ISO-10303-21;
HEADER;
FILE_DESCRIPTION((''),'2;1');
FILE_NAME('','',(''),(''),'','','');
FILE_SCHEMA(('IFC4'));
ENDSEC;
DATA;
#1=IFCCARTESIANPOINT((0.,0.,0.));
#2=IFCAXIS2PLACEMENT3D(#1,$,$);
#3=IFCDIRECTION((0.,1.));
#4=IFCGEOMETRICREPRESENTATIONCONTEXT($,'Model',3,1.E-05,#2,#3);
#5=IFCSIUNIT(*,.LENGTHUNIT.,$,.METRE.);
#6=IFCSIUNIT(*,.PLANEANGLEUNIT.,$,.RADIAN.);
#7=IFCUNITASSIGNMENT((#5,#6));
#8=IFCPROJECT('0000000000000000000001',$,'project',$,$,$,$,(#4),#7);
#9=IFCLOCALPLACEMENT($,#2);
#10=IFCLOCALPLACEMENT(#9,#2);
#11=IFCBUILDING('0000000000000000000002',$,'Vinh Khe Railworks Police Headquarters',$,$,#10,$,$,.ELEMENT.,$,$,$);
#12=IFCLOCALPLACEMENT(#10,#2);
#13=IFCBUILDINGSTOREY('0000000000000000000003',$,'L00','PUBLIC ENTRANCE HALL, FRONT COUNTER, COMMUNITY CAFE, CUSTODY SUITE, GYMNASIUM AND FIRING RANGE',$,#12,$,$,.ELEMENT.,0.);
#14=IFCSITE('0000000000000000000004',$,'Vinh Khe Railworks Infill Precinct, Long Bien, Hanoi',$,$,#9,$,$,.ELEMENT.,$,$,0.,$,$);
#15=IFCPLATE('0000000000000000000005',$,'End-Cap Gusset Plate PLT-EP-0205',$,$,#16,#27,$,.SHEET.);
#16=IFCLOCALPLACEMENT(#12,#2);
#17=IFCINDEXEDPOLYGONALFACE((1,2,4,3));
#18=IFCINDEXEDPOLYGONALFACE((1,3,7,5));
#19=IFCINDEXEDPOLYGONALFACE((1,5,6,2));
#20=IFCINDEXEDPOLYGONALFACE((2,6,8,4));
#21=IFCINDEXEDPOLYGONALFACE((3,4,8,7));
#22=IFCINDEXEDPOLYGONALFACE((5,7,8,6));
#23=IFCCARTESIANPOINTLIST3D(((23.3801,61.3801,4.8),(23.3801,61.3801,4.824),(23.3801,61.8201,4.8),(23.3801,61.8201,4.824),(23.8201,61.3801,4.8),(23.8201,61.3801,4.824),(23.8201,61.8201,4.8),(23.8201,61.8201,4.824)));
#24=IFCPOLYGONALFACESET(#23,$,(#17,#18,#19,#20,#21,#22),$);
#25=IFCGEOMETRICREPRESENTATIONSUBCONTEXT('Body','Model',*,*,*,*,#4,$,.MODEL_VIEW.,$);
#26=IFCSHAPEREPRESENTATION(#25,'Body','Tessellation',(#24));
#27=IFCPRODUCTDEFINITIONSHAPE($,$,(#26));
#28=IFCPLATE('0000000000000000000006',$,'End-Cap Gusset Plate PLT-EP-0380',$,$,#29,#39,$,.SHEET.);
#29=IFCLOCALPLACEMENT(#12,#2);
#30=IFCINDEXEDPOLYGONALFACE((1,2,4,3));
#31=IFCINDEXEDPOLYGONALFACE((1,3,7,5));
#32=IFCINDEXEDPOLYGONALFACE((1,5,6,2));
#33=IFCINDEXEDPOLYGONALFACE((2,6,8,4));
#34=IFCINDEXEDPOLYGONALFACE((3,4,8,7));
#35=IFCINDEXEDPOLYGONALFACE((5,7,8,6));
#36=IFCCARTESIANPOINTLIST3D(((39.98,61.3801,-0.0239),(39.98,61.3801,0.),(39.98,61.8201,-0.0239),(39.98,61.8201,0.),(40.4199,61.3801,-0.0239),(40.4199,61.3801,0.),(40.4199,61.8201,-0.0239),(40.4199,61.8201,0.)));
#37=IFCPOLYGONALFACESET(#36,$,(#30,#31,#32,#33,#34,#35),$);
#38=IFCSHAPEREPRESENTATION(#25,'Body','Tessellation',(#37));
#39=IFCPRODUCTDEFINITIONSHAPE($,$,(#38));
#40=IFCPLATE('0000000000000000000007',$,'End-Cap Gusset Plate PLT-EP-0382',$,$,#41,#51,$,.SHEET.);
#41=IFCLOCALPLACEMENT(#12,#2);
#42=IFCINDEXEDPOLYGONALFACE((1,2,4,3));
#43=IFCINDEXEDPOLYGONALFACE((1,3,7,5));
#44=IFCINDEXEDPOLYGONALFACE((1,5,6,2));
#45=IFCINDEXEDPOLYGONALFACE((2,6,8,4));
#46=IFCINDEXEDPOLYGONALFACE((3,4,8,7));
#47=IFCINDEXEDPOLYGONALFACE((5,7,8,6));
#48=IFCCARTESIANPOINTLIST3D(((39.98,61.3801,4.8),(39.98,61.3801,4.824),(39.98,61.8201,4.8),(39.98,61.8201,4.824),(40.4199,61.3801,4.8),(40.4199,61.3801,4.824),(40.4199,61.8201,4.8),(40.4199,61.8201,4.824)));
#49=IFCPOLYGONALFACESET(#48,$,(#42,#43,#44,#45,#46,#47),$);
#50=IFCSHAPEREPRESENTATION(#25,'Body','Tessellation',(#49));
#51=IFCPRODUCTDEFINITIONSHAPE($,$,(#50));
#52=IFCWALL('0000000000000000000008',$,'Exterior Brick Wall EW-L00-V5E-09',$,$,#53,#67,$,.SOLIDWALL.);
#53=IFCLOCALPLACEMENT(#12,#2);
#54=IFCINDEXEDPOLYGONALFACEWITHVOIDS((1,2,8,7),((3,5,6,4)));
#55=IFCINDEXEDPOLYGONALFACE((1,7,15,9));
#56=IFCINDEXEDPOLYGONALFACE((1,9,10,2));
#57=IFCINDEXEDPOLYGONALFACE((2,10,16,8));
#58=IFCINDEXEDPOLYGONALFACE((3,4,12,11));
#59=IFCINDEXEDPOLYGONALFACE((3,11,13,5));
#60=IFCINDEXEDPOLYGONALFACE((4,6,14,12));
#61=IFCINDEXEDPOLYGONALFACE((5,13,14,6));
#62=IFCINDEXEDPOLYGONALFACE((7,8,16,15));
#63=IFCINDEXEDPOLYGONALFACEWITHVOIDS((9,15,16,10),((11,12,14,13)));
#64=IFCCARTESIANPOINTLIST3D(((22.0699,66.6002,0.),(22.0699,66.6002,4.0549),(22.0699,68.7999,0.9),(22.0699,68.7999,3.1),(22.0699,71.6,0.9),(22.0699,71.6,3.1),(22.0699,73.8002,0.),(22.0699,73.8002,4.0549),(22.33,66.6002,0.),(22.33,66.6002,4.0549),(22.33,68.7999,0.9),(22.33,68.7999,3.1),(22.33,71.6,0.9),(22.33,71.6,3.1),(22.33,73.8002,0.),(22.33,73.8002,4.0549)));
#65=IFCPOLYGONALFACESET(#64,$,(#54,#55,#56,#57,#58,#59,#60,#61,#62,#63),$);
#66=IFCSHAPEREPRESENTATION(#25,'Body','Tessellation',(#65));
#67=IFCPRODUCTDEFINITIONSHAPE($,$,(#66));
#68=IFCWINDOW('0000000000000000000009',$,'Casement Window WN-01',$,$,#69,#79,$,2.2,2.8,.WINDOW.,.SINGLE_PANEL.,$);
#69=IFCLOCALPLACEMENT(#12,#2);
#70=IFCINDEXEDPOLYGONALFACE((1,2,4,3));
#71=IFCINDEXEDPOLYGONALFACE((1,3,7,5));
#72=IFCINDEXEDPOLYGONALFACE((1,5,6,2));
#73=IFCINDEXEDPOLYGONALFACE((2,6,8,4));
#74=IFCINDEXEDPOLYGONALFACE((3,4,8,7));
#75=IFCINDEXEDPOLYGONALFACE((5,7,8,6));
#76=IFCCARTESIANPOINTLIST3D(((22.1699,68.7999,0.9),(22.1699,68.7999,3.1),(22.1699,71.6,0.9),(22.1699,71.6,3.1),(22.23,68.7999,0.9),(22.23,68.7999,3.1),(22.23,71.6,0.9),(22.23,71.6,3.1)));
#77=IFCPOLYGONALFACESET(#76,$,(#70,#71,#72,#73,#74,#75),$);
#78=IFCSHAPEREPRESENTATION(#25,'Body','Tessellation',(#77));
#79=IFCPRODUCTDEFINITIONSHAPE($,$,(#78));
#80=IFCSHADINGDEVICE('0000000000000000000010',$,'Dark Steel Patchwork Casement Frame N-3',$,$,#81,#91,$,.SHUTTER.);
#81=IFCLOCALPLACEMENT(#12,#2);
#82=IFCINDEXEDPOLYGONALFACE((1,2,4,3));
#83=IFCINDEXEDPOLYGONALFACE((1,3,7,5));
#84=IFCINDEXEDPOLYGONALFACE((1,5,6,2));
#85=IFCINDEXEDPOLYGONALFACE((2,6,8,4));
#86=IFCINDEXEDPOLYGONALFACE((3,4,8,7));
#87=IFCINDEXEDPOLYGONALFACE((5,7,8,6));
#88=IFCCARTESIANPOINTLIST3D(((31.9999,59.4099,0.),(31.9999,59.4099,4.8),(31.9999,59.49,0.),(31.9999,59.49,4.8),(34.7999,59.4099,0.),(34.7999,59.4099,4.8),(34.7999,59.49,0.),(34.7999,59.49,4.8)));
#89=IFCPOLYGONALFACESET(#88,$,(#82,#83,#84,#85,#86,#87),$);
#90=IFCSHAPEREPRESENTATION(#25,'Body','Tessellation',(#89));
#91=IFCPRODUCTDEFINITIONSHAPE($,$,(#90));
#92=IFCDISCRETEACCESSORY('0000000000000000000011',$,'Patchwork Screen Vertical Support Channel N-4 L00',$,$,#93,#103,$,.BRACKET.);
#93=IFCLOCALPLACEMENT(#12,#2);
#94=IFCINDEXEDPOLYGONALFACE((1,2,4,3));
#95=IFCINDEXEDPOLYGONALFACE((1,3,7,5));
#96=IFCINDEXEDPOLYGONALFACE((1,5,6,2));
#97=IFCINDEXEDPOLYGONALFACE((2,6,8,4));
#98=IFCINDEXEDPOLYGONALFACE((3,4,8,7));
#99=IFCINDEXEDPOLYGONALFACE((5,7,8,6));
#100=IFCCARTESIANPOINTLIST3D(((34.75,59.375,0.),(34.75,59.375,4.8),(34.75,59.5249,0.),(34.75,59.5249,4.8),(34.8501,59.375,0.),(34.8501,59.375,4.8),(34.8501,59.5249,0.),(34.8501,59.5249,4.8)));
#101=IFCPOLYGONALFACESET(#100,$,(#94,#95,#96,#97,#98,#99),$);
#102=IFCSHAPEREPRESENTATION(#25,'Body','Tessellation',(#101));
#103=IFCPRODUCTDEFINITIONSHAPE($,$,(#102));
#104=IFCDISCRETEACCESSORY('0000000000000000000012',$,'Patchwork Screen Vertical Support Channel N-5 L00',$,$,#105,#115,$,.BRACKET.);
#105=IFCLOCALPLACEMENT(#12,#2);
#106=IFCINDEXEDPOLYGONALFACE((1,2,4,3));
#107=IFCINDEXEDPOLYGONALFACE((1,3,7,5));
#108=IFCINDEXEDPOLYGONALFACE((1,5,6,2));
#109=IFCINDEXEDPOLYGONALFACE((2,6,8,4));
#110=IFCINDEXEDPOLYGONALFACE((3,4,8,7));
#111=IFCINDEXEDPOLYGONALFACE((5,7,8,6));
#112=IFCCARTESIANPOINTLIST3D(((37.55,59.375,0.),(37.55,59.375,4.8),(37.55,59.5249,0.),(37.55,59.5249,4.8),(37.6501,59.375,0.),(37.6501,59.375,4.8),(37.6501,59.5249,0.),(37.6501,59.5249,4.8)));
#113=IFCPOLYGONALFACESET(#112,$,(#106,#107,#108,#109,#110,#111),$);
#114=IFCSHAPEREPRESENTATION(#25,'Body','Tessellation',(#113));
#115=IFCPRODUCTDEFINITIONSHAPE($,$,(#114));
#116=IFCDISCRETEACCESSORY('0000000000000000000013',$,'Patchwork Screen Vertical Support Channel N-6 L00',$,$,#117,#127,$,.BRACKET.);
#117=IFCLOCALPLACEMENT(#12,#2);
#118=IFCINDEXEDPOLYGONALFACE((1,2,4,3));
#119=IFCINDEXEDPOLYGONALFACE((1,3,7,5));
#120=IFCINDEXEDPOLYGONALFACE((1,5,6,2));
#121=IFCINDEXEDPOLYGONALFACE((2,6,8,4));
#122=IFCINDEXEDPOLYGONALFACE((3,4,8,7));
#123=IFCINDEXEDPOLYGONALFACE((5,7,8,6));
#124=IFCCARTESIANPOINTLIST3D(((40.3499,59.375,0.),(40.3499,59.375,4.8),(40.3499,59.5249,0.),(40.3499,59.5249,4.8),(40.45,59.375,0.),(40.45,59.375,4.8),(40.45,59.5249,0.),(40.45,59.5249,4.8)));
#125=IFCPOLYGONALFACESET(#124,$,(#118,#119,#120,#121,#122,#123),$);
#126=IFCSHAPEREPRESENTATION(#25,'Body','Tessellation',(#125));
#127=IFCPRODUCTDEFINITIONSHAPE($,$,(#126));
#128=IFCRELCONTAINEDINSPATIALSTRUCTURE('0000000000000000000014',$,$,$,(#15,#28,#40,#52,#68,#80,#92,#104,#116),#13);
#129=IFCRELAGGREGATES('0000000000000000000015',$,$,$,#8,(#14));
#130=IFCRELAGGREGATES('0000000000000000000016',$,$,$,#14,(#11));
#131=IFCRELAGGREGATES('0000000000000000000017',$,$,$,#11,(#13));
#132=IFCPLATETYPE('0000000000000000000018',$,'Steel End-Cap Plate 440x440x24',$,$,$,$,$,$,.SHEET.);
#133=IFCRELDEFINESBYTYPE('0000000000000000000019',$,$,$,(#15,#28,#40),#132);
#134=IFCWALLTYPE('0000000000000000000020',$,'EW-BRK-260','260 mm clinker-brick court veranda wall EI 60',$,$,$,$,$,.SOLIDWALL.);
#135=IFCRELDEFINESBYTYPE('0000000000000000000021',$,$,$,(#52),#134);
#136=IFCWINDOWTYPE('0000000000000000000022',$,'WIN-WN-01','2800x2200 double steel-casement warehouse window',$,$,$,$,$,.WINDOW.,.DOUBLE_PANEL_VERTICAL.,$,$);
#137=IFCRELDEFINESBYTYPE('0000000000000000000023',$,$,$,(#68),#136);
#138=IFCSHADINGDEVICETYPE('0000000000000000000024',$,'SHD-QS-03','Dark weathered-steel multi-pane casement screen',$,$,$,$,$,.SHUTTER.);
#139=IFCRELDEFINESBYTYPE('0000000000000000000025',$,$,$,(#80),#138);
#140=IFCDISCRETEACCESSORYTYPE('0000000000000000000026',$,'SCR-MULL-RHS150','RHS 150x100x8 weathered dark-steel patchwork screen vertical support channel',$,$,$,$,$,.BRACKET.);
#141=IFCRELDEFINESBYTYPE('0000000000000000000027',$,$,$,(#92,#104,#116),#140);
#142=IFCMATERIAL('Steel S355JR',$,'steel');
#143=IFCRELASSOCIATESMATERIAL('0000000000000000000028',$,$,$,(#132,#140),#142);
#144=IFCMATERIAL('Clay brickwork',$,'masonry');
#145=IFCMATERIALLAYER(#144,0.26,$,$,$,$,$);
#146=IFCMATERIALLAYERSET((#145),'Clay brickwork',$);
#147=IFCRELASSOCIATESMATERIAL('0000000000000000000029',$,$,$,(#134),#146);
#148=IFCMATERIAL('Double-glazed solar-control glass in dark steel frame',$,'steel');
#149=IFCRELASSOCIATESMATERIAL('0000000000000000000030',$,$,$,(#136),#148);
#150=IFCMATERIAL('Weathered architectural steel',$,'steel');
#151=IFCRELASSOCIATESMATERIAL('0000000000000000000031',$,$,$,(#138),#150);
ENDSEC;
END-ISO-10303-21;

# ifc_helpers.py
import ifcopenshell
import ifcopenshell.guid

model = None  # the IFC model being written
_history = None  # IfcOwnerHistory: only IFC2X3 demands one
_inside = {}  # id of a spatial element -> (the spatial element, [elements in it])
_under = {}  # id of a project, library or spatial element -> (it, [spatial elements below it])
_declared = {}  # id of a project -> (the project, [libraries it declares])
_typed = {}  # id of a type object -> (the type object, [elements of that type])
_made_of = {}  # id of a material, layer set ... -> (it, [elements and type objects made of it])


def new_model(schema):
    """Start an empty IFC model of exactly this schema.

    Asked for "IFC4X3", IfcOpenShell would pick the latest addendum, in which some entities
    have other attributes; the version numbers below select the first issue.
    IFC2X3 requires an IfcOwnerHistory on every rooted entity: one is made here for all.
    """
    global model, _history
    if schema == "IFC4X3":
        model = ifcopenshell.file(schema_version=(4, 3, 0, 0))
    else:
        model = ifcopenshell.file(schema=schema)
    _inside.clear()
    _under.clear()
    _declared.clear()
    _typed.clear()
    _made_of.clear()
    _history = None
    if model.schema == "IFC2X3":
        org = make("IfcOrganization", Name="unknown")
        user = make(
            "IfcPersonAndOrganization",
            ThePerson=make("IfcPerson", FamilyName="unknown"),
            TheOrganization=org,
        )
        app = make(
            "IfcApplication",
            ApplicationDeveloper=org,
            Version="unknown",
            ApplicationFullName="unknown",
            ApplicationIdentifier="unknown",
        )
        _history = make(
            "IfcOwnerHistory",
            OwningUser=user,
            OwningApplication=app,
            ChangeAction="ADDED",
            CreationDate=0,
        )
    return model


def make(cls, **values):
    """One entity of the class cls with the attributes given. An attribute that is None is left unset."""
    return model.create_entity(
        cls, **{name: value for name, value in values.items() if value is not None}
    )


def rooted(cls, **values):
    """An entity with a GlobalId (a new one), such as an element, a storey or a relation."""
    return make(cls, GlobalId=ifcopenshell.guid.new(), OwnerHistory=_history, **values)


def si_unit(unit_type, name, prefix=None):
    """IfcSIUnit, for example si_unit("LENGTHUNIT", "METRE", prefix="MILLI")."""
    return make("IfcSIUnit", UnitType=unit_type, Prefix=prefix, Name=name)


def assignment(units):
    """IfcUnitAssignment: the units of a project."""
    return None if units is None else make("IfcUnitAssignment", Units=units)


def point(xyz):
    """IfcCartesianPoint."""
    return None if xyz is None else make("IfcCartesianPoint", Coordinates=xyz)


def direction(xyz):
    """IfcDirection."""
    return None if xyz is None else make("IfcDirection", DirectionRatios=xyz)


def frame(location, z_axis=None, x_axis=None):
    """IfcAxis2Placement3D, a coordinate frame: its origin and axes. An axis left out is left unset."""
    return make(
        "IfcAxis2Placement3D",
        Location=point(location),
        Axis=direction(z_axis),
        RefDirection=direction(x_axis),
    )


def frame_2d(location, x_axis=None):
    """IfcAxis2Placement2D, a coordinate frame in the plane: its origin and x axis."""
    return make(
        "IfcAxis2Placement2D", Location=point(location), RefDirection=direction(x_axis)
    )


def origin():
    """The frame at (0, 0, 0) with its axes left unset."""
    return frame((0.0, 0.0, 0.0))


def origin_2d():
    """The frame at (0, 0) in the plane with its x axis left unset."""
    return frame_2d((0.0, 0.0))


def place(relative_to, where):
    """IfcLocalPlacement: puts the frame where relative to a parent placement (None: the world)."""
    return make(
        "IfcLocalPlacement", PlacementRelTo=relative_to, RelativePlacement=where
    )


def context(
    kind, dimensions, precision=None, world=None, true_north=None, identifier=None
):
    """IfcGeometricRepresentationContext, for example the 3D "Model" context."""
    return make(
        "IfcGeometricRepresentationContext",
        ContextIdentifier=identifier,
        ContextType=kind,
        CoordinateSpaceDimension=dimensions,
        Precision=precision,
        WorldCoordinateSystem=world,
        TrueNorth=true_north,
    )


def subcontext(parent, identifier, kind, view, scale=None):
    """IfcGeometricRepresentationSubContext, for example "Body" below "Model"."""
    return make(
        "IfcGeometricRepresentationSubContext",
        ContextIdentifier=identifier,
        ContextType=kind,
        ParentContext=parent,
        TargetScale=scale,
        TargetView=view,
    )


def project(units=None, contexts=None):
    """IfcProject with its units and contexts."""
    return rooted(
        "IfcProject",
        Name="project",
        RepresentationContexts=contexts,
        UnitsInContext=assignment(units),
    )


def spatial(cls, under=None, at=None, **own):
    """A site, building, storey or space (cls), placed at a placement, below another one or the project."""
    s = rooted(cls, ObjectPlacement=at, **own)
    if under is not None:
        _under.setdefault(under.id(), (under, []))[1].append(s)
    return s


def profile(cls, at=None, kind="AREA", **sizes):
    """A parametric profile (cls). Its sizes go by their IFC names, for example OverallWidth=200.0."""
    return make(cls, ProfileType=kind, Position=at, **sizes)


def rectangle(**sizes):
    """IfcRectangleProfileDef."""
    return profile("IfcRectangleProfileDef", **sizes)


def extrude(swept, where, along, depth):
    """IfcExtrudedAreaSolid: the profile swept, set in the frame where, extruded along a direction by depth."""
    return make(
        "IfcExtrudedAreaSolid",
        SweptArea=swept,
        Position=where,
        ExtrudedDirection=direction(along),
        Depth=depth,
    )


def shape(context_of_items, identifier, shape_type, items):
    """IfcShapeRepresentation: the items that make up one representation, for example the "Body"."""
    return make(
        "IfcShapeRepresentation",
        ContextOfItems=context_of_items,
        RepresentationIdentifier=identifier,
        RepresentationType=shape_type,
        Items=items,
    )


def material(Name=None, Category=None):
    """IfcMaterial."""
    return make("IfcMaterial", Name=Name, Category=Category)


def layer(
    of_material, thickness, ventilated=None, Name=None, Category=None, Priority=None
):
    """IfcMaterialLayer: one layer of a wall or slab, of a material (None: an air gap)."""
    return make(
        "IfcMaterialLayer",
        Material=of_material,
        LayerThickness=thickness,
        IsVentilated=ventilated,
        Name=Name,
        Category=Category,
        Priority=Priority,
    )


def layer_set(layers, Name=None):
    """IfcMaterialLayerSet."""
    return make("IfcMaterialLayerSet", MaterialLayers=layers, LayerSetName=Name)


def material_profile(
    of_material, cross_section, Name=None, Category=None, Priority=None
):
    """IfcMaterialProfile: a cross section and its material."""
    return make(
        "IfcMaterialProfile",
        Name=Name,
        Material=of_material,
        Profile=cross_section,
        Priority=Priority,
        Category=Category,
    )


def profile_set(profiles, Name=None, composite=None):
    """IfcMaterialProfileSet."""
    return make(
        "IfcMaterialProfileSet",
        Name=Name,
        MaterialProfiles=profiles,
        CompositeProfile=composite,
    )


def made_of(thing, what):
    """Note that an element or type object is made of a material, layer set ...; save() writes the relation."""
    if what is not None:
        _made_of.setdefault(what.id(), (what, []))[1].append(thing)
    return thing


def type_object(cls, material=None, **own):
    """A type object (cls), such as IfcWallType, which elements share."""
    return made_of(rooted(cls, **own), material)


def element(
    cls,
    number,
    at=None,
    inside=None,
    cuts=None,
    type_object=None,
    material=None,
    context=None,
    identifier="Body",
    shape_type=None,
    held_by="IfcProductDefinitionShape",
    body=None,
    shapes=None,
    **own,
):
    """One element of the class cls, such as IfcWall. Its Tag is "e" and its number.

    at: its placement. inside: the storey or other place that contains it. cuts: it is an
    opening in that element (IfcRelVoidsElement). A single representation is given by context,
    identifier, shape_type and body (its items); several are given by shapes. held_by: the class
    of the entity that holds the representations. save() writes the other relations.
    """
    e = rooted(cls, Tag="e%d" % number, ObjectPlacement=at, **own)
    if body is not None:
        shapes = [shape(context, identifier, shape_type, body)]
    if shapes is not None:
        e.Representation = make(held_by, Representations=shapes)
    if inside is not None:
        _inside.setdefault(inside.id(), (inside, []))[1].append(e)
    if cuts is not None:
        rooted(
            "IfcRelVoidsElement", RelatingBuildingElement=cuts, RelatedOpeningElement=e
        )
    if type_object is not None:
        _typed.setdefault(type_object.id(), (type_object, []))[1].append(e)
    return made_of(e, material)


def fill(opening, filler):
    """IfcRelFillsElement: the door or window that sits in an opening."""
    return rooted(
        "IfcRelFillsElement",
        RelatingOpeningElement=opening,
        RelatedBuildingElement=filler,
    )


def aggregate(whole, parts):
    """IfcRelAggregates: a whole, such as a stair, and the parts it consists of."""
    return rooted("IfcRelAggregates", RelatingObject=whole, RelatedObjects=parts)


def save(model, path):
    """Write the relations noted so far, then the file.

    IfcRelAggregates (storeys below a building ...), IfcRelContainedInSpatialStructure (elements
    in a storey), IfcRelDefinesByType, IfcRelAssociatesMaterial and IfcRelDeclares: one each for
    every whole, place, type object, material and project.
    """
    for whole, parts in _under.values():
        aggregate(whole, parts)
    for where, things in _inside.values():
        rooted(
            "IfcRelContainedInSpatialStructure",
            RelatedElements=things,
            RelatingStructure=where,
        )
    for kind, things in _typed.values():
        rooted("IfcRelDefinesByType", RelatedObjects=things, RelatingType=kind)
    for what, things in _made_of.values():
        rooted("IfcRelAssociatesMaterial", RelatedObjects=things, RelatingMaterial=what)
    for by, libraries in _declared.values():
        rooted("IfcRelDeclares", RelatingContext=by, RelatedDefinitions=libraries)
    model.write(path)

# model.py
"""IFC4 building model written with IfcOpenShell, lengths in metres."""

from ifc_helpers import new_model, si_unit, direction, frame, frame_2d, origin, origin_2d, place, context, subcontext, project, spatial, rectangle, extrude, material, layer, layer_set, material_profile, profile_set, type_object, element, fill, save


model = new_model("IFC4")

# Units and contexts
model_context = context("Model", 3, precision=1e-05, world=origin(), true_north=direction((0.0, 1.0)))
body_context = subcontext(model_context, "Body", "Model", "MODEL_VIEW")
ifc_project = project(units=[si_unit("LENGTHUNIT", "METRE"), si_unit("PLANEANGLEUNIT", "RADIAN")], contexts=[model_context])

# Site, building, storey
site_placement = place(None, origin())
site = spatial("IfcSite", under=ifc_project, at=site_placement, Name="Vinh Khe Railworks Infill Precinct, Long Bien, Hanoi", CompositionType="ELEMENT", RefElevation=0.0)
building_placement = place(site_placement, origin())
building = spatial("IfcBuilding", under=site, at=building_placement, Name="Vinh Khe Railworks Police Headquarters", CompositionType="ELEMENT")
storey_placement = place(building_placement, origin())
storey = spatial("IfcBuildingStorey", under=building, at=storey_placement, Name="L00", Description="PUBLIC ENTRANCE HALL, FRONT COUNTER, COMMUNITY CAFE, CUSTODY SUITE, GYMNASIUM AND FIRING RANGE", CompositionType="ELEMENT", Elevation=0.0)

# Shared definitions
ifc_material_1 = material(Name="Steel S355JR", Category="steel")

# Plates
ifc_material_profile_1 = material_profile(ifc_material_1, rectangle(XDim=0.4399, YDim=0.4399, at=origin_2d()), Name="PL 440x440")
ifc_profile_set_1 = profile_set([ifc_material_profile_1], Name="Steel S355JR")
plate_type_1 = type_object("IfcPlateType", Name="Steel End-Cap Plate 440x440x24", PredefinedType="SHEET", material=ifc_profile_set_1)
for number, where, z_axis, x_axis, name in (
    (1, (23.6001, 61.6001, 4.8), (0.0, 0.0, 1.0), (1.0, 0.0, 0.0), "End-Cap Gusset Plate PLT-EP-0205"),
    (2, (40.2, 61.6001, 0.0), (0.0, 0.0, -1.0), (1.0, 0.0, 0.0), "End-Cap Gusset Plate PLT-EP-0380"),
    (3, (40.2, 61.6001, 4.8), (0.0, 0.0, 1.0), (1.0, 0.0, 0.0), "End-Cap Gusset Plate PLT-EP-0382"),
):
    element("IfcPlate", number, at=place(storey_placement, frame(where, z_axis=z_axis, x_axis=x_axis)), inside=storey, type_object=plate_type_1, Name=name, PredefinedType="SHEET", context=body_context, shape_type="SweptSolid", body=[
        extrude(rectangle(XDim=0.4399, YDim=0.4399, at=origin_2d()), origin(), (0.0, 0.0, 1.0), 0.0239),
    ])

# Wall, opening, window
ifc_material_2 = material(Name="Clay brickwork", Category="masonry")
ifc_layer = layer(ifc_material_2, 0.26)
ifc_layer_set = layer_set([ifc_layer], Name="Clay brickwork")
wall_type = type_object("IfcWallType", Name="EW-BRK-260", Description="260 mm clinker-brick court veranda wall EI 60", PredefinedType="SOLIDWALL", material=ifc_layer_set)
wall_placement = place(storey_placement, frame((22.2, 66.6001, 0.0), z_axis=(0.0, 0.0, 1.0), x_axis=(0.0, 1.0, 0.0)))
wall = element("IfcWall", 4, at=wall_placement, inside=storey, type_object=wall_type, Name="Exterior Brick Wall EW-L00-V5E-09", PredefinedType="SOLIDWALL", context=body_context, shape_type="SweptSolid", body=[
    extrude(rectangle(XDim=7.2, YDim=0.26, at=frame_2d((3.6001, 0.0))), origin(), (0.0, 0.0, 1.0), 4.0549),
])
opening_placement = place(wall_placement, frame((2.2, 0.0, 0.8999)))
opening = element("IfcOpeningElement", 5, at=opening_placement, cuts=wall, PredefinedType="OPENING", context=body_context, shape_type="SweptSolid", body=[
    extrude(rectangle(XDim=2.8, YDim=2.2, at=frame_2d((1.3999, 1.1001))), frame((0.0, 0.145, 0.0), z_axis=(0.0, -1.0, 0.0), x_axis=(1.0, 0.0, 0.0)), (0.0, 0.0, 1.0), 0.2898),
])
ifc_material_3 = material(Name="Double-glazed solar-control glass in dark steel frame", Category="steel")
window_type = type_object("IfcWindowType", Name="WIN-WN-01", Description="2800x2200 double steel-casement warehouse window", PartitioningType="DOUBLE_PANEL_VERTICAL", PredefinedType="WINDOW", material=ifc_material_3)
window_placement = place(opening_placement, origin())
window = element("IfcWindow", 6, at=window_placement, inside=storey, type_object=window_type, Name="Casement Window WN-01", OverallHeight=2.2, OverallWidth=2.8, PartitioningType="SINGLE_PANEL", PredefinedType="WINDOW", context=body_context, shape_type="SweptSolid", body=[
    extrude(rectangle(XDim=2.8, YDim=2.2, at=frame_2d((1.3999, 1.1001))), frame((0.0, 0.03, 0.0), z_axis=(0.0, -1.0, 0.0), x_axis=(1.0, 0.0, 0.0)), (0.0, 0.0, 1.0), 0.0601),
])
fill(opening, window)

# Shading device
ifc_material_4 = material(Name="Weathered architectural steel", Category="steel")
shading_device_type = type_object("IfcShadingDeviceType", Name="SHD-QS-03", Description="Dark weathered-steel multi-pane casement screen", PredefinedType="SHUTTER", material=ifc_material_4)
shading_device_placement = place(storey_placement, frame((33.3999, 59.45, 0.0), z_axis=(0.0, 0.0, 1.0), x_axis=(1.0, 0.0, 0.0)))
element("IfcShadingDevice", 7, at=shading_device_placement, inside=storey, type_object=shading_device_type, Name="Dark Steel Patchwork Casement Frame N-3", PredefinedType="SHUTTER", context=body_context, shape_type="SweptSolid", body=[
    extrude(rectangle(XDim=2.8, YDim=0.0801, at=origin_2d()), origin(), (0.0, 0.0, 1.0), 4.8),
])

# Discrete accessories
discrete_accessory_type = type_object("IfcDiscreteAccessoryType", Name="SCR-MULL-RHS150", Description="RHS 150x100x8 weathered dark-steel patchwork screen vertical support channel", PredefinedType="BRACKET", material=ifc_material_1)
for number, where, z_axis, x_axis, name in (
    (8, (34.8, 59.45, 0.0), (0.0, 0.0, 1.0), (1.0, 0.0, 0.0), "Patchwork Screen Vertical Support Channel N-4 L00"),
    (9, (37.6001, 59.45, 0.0), (0.0, 0.0, 1.0), (1.0, 0.0, 0.0), "Patchwork Screen Vertical Support Channel N-5 L00"),
    (10, (40.3999, 59.45, 0.0), (0.0, 0.0, 1.0), (1.0, 0.0, 0.0), "Patchwork Screen Vertical Support Channel N-6 L00"),
):
    element("IfcDiscreteAccessory", number, at=place(storey_placement, frame(where, z_axis=z_axis, x_axis=x_axis)), inside=storey, type_object=discrete_accessory_type, Name=name, PredefinedType="BRACKET", context=body_context, shape_type="SweptSolid", body=[
        extrude(rectangle(XDim=0.1001, YDim=0.1499, at=origin_2d()), origin(), (0.0, 0.0, 1.0), 4.8),
    ])

save(model, "model.ifc")
